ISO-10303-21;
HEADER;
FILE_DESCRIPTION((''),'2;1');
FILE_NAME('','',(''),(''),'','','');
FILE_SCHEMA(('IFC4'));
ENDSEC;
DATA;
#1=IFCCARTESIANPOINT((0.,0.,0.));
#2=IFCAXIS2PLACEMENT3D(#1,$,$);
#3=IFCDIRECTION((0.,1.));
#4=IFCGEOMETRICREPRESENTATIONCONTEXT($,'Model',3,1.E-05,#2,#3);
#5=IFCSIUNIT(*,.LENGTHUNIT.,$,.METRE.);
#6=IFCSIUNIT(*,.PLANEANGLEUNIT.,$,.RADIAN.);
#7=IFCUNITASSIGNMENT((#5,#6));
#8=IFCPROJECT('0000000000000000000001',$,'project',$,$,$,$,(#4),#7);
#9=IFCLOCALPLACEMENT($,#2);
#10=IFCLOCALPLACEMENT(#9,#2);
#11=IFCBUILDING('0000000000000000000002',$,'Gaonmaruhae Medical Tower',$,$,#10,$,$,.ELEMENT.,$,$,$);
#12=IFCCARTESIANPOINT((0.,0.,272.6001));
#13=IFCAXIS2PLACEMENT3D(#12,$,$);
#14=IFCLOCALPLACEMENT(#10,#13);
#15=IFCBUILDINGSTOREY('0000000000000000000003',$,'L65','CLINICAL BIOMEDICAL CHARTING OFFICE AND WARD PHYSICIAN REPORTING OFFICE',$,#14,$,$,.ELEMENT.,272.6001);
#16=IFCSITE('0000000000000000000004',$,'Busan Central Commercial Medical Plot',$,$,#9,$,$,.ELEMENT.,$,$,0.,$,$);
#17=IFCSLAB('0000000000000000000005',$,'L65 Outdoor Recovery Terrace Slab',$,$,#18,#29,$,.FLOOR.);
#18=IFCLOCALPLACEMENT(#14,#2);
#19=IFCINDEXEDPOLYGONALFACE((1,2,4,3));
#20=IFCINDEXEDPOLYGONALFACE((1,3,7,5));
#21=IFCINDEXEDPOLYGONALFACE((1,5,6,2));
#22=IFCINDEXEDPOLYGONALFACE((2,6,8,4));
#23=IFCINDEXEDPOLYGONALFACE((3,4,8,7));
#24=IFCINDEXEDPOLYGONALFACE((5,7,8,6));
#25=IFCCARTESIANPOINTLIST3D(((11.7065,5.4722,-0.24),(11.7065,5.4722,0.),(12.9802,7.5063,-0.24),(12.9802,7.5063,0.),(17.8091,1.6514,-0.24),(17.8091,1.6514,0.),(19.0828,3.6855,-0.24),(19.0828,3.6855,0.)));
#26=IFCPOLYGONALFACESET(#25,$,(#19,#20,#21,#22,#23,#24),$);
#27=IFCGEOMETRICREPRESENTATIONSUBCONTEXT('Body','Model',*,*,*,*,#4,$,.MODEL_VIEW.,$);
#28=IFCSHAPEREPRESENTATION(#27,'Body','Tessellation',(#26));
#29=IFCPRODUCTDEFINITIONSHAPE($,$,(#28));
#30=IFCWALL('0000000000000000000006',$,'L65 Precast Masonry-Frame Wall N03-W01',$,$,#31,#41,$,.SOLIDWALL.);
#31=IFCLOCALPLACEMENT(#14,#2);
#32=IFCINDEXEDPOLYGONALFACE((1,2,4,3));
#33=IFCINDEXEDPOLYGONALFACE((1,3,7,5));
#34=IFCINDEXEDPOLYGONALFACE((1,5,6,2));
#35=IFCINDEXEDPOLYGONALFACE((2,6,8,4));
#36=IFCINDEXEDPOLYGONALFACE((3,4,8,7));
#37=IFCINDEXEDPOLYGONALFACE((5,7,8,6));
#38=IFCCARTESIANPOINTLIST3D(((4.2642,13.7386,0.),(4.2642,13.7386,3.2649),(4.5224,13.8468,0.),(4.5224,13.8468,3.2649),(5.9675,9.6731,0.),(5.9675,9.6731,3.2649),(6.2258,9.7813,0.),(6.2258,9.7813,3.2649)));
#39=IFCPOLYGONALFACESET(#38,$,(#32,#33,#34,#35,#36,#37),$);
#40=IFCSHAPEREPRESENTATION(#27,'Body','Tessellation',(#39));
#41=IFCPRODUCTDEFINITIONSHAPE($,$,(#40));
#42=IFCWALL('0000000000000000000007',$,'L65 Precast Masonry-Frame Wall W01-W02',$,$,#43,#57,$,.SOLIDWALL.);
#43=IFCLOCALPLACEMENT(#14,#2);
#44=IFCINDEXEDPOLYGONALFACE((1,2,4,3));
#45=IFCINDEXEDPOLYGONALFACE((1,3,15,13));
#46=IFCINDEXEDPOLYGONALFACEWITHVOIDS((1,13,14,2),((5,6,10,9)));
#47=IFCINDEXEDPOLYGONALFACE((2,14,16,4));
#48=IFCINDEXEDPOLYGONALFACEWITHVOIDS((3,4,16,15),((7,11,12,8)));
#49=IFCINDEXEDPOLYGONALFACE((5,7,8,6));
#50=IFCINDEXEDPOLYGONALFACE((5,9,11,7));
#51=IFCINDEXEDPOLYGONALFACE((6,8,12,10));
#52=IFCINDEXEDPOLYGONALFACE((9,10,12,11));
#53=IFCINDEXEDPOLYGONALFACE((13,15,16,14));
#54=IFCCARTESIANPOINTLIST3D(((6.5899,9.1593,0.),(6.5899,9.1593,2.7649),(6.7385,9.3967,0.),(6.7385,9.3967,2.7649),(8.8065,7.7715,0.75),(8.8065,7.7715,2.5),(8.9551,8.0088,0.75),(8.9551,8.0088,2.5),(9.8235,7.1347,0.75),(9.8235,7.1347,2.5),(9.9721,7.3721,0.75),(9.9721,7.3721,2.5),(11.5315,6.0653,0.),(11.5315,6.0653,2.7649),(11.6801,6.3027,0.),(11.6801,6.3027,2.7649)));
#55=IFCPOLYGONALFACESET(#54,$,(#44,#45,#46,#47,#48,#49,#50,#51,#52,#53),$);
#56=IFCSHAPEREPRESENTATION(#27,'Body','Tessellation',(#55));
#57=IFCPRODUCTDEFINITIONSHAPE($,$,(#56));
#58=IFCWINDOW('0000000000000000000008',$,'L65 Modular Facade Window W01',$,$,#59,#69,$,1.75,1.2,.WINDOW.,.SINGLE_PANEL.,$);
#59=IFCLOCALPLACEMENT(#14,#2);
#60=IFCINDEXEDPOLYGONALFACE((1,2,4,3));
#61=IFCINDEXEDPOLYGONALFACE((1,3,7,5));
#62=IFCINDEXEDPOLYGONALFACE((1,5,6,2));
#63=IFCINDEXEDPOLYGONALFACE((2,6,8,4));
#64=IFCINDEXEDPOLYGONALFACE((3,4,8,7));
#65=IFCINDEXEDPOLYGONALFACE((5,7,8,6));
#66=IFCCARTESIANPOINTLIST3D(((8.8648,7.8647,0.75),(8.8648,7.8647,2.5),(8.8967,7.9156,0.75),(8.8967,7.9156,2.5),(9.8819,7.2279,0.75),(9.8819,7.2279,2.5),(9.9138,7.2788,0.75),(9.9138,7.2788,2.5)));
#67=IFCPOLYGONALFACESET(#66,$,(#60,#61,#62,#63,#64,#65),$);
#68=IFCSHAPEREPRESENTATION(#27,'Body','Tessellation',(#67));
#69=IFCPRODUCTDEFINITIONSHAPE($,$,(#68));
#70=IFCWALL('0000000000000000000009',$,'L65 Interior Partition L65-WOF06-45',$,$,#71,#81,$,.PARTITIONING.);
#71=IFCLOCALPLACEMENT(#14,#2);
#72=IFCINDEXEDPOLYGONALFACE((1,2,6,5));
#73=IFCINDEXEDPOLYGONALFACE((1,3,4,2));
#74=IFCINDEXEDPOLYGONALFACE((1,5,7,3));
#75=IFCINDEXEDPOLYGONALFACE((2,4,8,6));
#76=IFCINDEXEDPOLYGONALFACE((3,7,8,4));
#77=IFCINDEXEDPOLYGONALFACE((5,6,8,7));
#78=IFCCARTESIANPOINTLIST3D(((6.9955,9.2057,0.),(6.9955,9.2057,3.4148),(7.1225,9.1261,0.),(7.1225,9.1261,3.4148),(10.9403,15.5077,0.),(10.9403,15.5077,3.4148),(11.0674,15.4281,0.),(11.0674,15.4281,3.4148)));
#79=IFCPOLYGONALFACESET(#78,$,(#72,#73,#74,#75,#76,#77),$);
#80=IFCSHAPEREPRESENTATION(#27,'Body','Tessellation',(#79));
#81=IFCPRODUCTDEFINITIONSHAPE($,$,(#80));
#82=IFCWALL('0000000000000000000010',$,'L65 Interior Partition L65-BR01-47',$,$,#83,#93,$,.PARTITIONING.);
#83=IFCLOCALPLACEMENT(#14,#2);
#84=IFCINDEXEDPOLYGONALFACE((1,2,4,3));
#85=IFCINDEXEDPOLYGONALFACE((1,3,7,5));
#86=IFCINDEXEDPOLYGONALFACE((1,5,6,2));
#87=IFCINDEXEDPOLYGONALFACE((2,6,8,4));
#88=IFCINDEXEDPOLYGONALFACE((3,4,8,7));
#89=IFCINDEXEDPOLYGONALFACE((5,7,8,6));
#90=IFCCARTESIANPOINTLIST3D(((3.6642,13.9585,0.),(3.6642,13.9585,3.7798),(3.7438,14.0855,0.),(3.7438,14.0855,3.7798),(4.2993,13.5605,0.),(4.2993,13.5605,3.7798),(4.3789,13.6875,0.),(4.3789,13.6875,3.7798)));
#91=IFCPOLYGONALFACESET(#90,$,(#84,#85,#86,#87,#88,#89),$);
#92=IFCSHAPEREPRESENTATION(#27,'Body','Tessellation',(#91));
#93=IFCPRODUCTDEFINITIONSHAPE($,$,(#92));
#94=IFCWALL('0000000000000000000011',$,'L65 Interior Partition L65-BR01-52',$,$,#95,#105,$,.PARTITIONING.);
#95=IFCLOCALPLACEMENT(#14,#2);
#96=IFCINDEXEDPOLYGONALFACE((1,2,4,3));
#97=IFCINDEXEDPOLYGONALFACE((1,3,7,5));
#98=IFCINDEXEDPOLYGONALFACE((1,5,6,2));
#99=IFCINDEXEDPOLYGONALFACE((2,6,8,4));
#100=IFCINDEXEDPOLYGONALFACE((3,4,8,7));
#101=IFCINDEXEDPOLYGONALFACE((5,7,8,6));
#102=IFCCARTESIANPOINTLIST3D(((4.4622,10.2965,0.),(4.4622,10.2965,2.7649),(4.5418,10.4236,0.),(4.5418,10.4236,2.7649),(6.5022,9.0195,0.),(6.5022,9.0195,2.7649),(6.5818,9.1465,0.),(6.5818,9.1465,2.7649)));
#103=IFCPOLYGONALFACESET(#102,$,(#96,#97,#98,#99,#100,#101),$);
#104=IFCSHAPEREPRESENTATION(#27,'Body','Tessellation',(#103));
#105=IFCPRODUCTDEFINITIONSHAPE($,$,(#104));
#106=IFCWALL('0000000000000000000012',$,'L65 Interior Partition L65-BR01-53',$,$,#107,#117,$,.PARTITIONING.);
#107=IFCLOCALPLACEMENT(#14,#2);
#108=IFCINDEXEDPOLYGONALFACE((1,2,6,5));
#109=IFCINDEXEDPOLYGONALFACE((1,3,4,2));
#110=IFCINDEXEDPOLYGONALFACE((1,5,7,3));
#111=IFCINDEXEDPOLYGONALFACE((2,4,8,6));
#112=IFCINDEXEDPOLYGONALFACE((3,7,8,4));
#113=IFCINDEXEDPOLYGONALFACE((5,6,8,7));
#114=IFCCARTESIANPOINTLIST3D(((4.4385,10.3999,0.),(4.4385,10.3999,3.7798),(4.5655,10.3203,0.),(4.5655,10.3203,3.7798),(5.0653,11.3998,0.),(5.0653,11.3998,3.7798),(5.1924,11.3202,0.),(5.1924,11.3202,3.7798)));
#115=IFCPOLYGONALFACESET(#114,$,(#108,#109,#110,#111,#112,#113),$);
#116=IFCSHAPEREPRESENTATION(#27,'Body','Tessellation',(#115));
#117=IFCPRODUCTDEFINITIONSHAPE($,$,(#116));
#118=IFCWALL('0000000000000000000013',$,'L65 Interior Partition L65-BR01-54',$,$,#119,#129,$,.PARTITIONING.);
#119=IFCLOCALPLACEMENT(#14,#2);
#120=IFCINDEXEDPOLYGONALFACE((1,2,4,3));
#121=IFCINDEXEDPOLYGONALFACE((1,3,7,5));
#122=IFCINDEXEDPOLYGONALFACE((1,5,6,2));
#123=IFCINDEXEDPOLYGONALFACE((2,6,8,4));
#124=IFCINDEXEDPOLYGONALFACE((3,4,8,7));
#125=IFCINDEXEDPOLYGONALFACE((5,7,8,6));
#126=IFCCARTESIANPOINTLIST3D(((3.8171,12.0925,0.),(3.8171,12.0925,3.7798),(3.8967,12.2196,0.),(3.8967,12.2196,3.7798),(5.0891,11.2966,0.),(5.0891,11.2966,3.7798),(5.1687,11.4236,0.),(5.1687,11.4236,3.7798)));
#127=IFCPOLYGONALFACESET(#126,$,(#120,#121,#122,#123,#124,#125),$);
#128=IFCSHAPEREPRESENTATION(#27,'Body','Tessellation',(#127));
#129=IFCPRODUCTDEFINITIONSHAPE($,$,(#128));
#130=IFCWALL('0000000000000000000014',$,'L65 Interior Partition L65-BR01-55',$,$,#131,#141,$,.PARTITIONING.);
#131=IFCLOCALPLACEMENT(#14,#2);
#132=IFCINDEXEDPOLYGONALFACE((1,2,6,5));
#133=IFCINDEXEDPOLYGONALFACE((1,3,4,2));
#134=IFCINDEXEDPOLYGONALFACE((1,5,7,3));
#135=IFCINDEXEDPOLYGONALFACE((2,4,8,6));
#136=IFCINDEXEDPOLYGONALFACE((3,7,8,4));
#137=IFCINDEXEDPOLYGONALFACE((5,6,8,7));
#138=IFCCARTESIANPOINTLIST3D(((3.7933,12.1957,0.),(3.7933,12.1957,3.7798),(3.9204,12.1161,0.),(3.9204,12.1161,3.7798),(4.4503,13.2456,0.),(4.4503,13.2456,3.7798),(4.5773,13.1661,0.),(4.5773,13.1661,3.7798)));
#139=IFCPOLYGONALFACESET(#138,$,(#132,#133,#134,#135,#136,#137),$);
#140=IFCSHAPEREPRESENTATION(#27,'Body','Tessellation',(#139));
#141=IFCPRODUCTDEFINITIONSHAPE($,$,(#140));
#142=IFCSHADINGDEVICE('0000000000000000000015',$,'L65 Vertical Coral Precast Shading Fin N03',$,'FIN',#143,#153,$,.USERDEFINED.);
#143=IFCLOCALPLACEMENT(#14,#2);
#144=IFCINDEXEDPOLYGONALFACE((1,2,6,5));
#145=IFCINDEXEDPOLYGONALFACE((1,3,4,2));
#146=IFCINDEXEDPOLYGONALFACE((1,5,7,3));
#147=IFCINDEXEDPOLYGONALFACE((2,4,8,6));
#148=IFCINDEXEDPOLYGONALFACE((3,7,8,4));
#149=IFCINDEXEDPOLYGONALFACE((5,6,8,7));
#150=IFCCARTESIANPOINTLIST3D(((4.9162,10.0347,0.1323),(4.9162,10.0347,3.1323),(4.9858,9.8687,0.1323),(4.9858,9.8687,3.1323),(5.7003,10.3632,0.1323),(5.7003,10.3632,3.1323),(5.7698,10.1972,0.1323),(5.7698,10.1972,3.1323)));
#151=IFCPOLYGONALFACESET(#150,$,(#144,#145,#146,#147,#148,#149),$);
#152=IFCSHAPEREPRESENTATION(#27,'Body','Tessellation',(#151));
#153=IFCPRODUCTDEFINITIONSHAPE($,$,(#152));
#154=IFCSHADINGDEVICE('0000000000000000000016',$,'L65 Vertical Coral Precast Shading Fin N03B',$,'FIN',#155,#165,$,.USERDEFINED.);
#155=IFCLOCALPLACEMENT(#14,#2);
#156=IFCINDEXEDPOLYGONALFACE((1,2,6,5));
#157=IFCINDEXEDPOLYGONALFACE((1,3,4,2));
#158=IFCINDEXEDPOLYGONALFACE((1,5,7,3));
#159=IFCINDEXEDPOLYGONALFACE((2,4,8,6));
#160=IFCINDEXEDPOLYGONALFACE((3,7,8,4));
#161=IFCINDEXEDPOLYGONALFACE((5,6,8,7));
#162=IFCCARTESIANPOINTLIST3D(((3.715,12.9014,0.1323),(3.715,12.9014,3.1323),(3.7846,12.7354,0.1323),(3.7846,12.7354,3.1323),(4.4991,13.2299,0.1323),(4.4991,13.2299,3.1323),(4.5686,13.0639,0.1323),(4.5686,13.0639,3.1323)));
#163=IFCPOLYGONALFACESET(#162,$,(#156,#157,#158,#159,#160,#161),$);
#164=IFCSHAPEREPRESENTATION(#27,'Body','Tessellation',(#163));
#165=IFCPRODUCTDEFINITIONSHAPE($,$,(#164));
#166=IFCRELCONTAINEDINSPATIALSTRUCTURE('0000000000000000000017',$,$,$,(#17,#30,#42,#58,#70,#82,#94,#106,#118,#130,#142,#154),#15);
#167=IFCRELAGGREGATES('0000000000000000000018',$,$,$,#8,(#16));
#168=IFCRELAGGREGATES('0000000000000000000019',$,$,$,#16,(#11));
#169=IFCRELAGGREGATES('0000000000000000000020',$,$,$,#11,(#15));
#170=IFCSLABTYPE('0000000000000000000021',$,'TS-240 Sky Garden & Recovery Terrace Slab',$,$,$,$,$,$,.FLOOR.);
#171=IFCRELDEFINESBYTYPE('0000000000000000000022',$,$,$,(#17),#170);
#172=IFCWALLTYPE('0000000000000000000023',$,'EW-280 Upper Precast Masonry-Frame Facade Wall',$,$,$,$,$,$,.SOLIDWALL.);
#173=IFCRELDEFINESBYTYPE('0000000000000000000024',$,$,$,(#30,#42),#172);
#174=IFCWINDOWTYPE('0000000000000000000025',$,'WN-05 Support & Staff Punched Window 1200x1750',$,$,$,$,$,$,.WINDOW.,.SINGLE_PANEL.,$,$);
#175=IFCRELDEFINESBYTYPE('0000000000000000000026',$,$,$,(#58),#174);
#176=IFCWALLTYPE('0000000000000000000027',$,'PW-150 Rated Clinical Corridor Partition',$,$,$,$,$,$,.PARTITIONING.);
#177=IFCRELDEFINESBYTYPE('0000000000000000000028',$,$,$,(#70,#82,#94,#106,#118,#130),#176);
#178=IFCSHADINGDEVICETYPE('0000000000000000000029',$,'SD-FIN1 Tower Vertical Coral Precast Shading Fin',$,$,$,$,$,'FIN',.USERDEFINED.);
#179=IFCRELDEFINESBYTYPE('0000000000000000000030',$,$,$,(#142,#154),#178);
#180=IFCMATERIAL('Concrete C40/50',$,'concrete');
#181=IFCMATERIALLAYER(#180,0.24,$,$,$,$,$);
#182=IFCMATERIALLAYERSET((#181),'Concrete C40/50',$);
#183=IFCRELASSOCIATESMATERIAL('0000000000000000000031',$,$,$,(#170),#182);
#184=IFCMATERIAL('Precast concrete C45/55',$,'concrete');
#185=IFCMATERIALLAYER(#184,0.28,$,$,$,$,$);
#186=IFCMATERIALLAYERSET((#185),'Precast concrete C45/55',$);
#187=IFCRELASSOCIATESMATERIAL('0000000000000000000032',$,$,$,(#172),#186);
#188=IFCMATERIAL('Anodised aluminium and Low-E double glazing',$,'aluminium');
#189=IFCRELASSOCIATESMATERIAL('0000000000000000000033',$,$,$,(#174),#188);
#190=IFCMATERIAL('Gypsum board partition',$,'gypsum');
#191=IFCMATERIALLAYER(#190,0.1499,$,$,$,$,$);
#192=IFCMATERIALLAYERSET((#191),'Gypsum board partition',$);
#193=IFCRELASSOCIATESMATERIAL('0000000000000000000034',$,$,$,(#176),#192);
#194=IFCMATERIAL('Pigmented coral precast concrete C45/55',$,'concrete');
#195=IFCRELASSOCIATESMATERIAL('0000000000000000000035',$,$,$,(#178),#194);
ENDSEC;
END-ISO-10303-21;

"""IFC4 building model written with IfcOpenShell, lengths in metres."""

from ifc_helpers import new_model, si_unit, direction, frame, frame_2d, origin, origin_2d, place, context, subcontext, project, spatial, polyline, rectangle, outline, extrude, material, layer, layer_set, type_object, element, fill, save


model = new_model("IFC4")

# Units and contexts
model_context = context("Model", 3, precision=1e-05, world=origin(), true_north=direction((0.0, 1.0)))
body_context = subcontext(model_context, "Body", "Model", "MODEL_VIEW")
ifc_project = project(units=[si_unit("LENGTHUNIT", "METRE"), si_unit("PLANEANGLEUNIT", "RADIAN")], contexts=[model_context])

# Site, building, storey
site_placement = place(None, origin())
site = spatial("IfcSite", under=ifc_project, at=site_placement, Name="Busan Central Commercial Medical Plot", CompositionType="ELEMENT", RefElevation=0.0)
building_placement = place(site_placement, origin())
building = spatial("IfcBuilding", under=site, at=building_placement, Name="Gaonmaruhae Medical Tower", CompositionType="ELEMENT")
storey_placement = place(building_placement, frame((0.0, 0.0, 272.6001)))
storey = spatial("IfcBuildingStorey", under=building, at=storey_placement, Name="L65", Description="CLINICAL BIOMEDICAL CHARTING OFFICE AND WARD PHYSICIAN REPORTING OFFICE", CompositionType="ELEMENT", Elevation=272.6001)

# Shared definitions
ifc_material_1 = material(Name="Concrete C40/50", Category="concrete")

# Slab
ifc_layer_1 = layer(ifc_material_1, 0.24)
ifc_layer_set_1 = layer_set([ifc_layer_1], Name="Concrete C40/50")
slab_type_1 = type_object("IfcSlabType", Name="TS-240 Sky Garden & Recovery Terrace Slab", PredefinedType="FLOOR", material=ifc_layer_set_1)
slab_1_placement = place(storey_placement, frame((0.0, 0.0, -0.24)))
element("IfcSlab", 1, at=slab_1_placement, inside=storey, type_object=slab_type_1, Name="L65 Outdoor Recovery Terrace Slab", PredefinedType="FLOOR", context=body_context, shape_type="SweptSolid", body=[
    extrude(outline(polyline([(17.8091, 1.6514), (19.0828, 3.6855), (12.9802, 7.5063), (11.7065, 5.4722), (17.8091, 1.6514)])), origin(), (0.0, 0.0, 1.0), 0.24),
])

# Wall
ifc_material_2 = material(Name="Precast concrete C45/55", Category="concrete")
ifc_layer_2 = layer(ifc_material_2, 0.28)
ifc_layer_set_2 = layer_set([ifc_layer_2], Name="Precast concrete C45/55")
wall_type_1 = type_object("IfcWallType", Name="EW-280 Upper Precast Masonry-Frame Facade Wall", PredefinedType="SOLIDWALL", material=ifc_layer_set_2)
wall_1_placement = place(storey_placement, frame((6.0967, 9.7271, 0.0), z_axis=(0.0, 0.0, 1.0), x_axis=(-0.38642, 0.922323, 0.0)))
element("IfcWall", 2, at=wall_1_placement, inside=storey, type_object=wall_type_1, Name="L65 Precast Masonry-Frame Wall N03-W01", PredefinedType="SOLIDWALL", context=body_context, shape_type="SweptSolid", body=[
    extrude(rectangle(XDim=4.408, YDim=0.28, at=frame_2d((2.2041, 0.0))), origin(), (0.0, 0.0, 1.0), 3.2649),
])

# Wall, opening, window
wall_2_placement = place(storey_placement, frame((11.6057, 6.1841, 0.0), z_axis=(0.0, 0.0, 1.0), x_axis=(-0.847577, 0.530673, 0.0)))
wall_2 = element("IfcWall", 3, at=wall_2_placement, inside=storey, type_object=wall_type_1, Name="L65 Precast Masonry-Frame Wall W01-W02", PredefinedType="SOLIDWALL", context=body_context, shape_type="SweptSolid", body=[
    extrude(rectangle(XDim=5.8303, YDim=0.28, at=frame_2d((2.915, 0.0))), origin(), (0.0, 0.0, 1.0), 2.7649),
])
opening_placement = place(wall_2_placement, frame((2.0149, 0.0, 0.75)))
opening = element("IfcOpeningElement", 4, at=opening_placement, cuts=wall_2, PredefinedType="OPENING", context=body_context, shape_type="SweptSolid", body=[
    extrude(rectangle(XDim=1.2, YDim=1.75, at=frame_2d((0.6001, 0.875))), frame((0.0, 0.1499, 0.0), z_axis=(0.0, -1.0, 0.0), x_axis=(1.0, 0.0, 0.0)), (0.0, 0.0, 1.0), 0.3),
])
ifc_material_3 = material(Name="Anodised aluminium and Low-E double glazing", Category="aluminium")
window_type = type_object("IfcWindowType", Name="WN-05 Support & Staff Punched Window 1200x1750", PartitioningType="SINGLE_PANEL", PredefinedType="WINDOW", material=ifc_material_3)
window_placement = place(opening_placement, origin())
window = element("IfcWindow", 5, at=window_placement, inside=storey, type_object=window_type, Name="L65 Modular Facade Window W01", OverallHeight=1.75, OverallWidth=1.2, PartitioningType="SINGLE_PANEL", PredefinedType="WINDOW", context=body_context, shape_type="SweptSolid", body=[
    extrude(rectangle(XDim=1.2, YDim=1.75, at=frame_2d((0.6001, 0.875))), frame((0.0, 0.03, 0.0), z_axis=(0.0, -1.0, 0.0), x_axis=(1.0, 0.0, 0.0)), (0.0, 0.0, 1.0), 0.0601),
])
fill(opening, window)

# Walls
ifc_material_4 = material(Name="Gypsum board partition", Category="gypsum")
ifc_layer_3 = layer(ifc_material_4, 0.1499)
ifc_layer_set_3 = layer_set([ifc_layer_3], Name="Gypsum board partition")
wall_type_2 = type_object("IfcWallType", Name="PW-150 Rated Clinical Corridor Partition", PredefinedType="PARTITIONING", material=ifc_layer_set_3)
wall_3_placement = place(storey_placement, frame((7.0591, 9.166, 0.0), z_axis=(0.0, 0.0, 1.0), x_axis=(0.530586, 0.847631, 0.0)))
element("IfcWall", 6, at=wall_3_placement, inside=storey, type_object=wall_type_2, Name="L65 Interior Partition L65-WOF06-45", PredefinedType="PARTITIONING", context=body_context, shape_type="SweptSolid", body=[
    extrude(rectangle(XDim=7.4348, YDim=0.1499, at=frame_2d((3.7173, 0.0))), origin(), (0.0, 0.0, 1.0), 3.4148),
])
wall_4_placement = place(storey_placement, frame((4.3391, 13.624, 0.0), z_axis=(0.0, 0.0, 1.0), x_axis=(-0.847357, 0.531023, 0.0)))
element("IfcWall", 7, at=wall_4_placement, inside=storey, type_object=wall_type_2, Name="L65 Interior Partition L65-BR01-47", PredefinedType="PARTITIONING", context=body_context, shape_type="SweptSolid", body=[
    extrude(rectangle(XDim=0.7495, YDim=0.1499, at=frame_2d((0.3748, 0.0))), origin(), (0.0, 0.0, 1.0), 3.7798),
])
wall_5_placement = place(storey_placement, frame((6.542, 9.083, 0.0), z_axis=(0.0, 0.0, 1.0), x_axis=(-0.847611, 0.530619, 0.0)))
element("IfcWall", 8, at=wall_5_placement, inside=storey, type_object=wall_type_2, Name="L65 Interior Partition L65-BR01-52", PredefinedType="PARTITIONING", context=body_context, shape_type="SweptSolid", body=[
    extrude(rectangle(XDim=2.4067, YDim=0.1499, at=frame_2d((1.2034, 0.0))), origin(), (0.0, 0.0, 1.0), 2.7649),
])
wall_6_placement = place(storey_placement, frame((4.502, 10.3601, 0.0), z_axis=(0.0, 0.0, 1.0), x_axis=(0.531188, 0.847254, 0.0)))
element("IfcWall", 9, at=wall_6_placement, inside=storey, type_object=wall_type_2, Name="L65 Interior Partition L65-BR01-53", PredefinedType="PARTITIONING", context=body_context, shape_type="SweptSolid", body=[
    extrude(rectangle(XDim=1.1802, YDim=0.1499, at=frame_2d((0.5901, 0.0))), origin(), (0.0, 0.0, 1.0), 3.7798),
])
wall_7_placement = place(storey_placement, frame((5.1289, 11.3601, 0.0), z_axis=(0.0, 0.0, 1.0), x_axis=(-0.847724, 0.530438, 0.0)))
element("IfcWall", 10, at=wall_7_placement, inside=storey, type_object=wall_type_2, Name="L65 Interior Partition L65-BR01-54", PredefinedType="PARTITIONING", context=body_context, shape_type="SweptSolid", body=[
    extrude(rectangle(XDim=1.5005, YDim=0.1499, at=frame_2d((0.7502, 0.0))), origin(), (0.0, 0.0, 1.0), 3.7798),
])
wall_8_placement = place(storey_placement, frame((3.8569, 12.156, 0.0), z_axis=(0.0, 0.0, 1.0), x_axis=(0.530406, 0.847744, 0.0)))
element("IfcWall", 11, at=wall_8_placement, inside=storey, type_object=wall_type_2, Name="L65 Interior Partition L65-BR01-55", PredefinedType="PARTITIONING", context=body_context, shape_type="SweptSolid", body=[
    extrude(rectangle(XDim=1.2385, YDim=0.1499, at=frame_2d((0.6191, 0.0))), origin(), (0.0, 0.0, 1.0), 3.7798),
])

# Shading devices
ifc_material_5 = material(Name="Pigmented coral precast concrete C45/55", Category="concrete")
shading_device_type = type_object("IfcShadingDeviceType", Name="SD-FIN1 Tower Vertical Coral Precast Shading Fin", ElementType="FIN", PredefinedType="USERDEFINED", material=ifc_material_5)
for number, where, z_axis, x_axis, name in (
    (12, (5.343, 10.116, 0.1323), (0.0, 0.0, 1.0), (-0.386421, 0.922322, 0.0), "L65 Vertical Coral Precast Shading Fin N03"),
    (13, (4.1418, 12.9827, 0.1323), (0.0, 0.0, 1.0), (-0.386421, 0.922322, 0.0), "L65 Vertical Coral Precast Shading Fin N03B"),
):
    element("IfcShadingDevice", number, at=place(storey_placement, frame(where, z_axis=z_axis, x_axis=x_axis)), inside=storey, type_object=shading_device_type, Name=name, ObjectType="FIN", PredefinedType="USERDEFINED", context=body_context, shape_type="SweptSolid", body=[
        extrude(rectangle(XDim=0.1799, YDim=0.8501, at=origin_2d()), origin(), (0.0, 0.0, 1.0), 3.0),
    ])

save(model, "model.ifc")
